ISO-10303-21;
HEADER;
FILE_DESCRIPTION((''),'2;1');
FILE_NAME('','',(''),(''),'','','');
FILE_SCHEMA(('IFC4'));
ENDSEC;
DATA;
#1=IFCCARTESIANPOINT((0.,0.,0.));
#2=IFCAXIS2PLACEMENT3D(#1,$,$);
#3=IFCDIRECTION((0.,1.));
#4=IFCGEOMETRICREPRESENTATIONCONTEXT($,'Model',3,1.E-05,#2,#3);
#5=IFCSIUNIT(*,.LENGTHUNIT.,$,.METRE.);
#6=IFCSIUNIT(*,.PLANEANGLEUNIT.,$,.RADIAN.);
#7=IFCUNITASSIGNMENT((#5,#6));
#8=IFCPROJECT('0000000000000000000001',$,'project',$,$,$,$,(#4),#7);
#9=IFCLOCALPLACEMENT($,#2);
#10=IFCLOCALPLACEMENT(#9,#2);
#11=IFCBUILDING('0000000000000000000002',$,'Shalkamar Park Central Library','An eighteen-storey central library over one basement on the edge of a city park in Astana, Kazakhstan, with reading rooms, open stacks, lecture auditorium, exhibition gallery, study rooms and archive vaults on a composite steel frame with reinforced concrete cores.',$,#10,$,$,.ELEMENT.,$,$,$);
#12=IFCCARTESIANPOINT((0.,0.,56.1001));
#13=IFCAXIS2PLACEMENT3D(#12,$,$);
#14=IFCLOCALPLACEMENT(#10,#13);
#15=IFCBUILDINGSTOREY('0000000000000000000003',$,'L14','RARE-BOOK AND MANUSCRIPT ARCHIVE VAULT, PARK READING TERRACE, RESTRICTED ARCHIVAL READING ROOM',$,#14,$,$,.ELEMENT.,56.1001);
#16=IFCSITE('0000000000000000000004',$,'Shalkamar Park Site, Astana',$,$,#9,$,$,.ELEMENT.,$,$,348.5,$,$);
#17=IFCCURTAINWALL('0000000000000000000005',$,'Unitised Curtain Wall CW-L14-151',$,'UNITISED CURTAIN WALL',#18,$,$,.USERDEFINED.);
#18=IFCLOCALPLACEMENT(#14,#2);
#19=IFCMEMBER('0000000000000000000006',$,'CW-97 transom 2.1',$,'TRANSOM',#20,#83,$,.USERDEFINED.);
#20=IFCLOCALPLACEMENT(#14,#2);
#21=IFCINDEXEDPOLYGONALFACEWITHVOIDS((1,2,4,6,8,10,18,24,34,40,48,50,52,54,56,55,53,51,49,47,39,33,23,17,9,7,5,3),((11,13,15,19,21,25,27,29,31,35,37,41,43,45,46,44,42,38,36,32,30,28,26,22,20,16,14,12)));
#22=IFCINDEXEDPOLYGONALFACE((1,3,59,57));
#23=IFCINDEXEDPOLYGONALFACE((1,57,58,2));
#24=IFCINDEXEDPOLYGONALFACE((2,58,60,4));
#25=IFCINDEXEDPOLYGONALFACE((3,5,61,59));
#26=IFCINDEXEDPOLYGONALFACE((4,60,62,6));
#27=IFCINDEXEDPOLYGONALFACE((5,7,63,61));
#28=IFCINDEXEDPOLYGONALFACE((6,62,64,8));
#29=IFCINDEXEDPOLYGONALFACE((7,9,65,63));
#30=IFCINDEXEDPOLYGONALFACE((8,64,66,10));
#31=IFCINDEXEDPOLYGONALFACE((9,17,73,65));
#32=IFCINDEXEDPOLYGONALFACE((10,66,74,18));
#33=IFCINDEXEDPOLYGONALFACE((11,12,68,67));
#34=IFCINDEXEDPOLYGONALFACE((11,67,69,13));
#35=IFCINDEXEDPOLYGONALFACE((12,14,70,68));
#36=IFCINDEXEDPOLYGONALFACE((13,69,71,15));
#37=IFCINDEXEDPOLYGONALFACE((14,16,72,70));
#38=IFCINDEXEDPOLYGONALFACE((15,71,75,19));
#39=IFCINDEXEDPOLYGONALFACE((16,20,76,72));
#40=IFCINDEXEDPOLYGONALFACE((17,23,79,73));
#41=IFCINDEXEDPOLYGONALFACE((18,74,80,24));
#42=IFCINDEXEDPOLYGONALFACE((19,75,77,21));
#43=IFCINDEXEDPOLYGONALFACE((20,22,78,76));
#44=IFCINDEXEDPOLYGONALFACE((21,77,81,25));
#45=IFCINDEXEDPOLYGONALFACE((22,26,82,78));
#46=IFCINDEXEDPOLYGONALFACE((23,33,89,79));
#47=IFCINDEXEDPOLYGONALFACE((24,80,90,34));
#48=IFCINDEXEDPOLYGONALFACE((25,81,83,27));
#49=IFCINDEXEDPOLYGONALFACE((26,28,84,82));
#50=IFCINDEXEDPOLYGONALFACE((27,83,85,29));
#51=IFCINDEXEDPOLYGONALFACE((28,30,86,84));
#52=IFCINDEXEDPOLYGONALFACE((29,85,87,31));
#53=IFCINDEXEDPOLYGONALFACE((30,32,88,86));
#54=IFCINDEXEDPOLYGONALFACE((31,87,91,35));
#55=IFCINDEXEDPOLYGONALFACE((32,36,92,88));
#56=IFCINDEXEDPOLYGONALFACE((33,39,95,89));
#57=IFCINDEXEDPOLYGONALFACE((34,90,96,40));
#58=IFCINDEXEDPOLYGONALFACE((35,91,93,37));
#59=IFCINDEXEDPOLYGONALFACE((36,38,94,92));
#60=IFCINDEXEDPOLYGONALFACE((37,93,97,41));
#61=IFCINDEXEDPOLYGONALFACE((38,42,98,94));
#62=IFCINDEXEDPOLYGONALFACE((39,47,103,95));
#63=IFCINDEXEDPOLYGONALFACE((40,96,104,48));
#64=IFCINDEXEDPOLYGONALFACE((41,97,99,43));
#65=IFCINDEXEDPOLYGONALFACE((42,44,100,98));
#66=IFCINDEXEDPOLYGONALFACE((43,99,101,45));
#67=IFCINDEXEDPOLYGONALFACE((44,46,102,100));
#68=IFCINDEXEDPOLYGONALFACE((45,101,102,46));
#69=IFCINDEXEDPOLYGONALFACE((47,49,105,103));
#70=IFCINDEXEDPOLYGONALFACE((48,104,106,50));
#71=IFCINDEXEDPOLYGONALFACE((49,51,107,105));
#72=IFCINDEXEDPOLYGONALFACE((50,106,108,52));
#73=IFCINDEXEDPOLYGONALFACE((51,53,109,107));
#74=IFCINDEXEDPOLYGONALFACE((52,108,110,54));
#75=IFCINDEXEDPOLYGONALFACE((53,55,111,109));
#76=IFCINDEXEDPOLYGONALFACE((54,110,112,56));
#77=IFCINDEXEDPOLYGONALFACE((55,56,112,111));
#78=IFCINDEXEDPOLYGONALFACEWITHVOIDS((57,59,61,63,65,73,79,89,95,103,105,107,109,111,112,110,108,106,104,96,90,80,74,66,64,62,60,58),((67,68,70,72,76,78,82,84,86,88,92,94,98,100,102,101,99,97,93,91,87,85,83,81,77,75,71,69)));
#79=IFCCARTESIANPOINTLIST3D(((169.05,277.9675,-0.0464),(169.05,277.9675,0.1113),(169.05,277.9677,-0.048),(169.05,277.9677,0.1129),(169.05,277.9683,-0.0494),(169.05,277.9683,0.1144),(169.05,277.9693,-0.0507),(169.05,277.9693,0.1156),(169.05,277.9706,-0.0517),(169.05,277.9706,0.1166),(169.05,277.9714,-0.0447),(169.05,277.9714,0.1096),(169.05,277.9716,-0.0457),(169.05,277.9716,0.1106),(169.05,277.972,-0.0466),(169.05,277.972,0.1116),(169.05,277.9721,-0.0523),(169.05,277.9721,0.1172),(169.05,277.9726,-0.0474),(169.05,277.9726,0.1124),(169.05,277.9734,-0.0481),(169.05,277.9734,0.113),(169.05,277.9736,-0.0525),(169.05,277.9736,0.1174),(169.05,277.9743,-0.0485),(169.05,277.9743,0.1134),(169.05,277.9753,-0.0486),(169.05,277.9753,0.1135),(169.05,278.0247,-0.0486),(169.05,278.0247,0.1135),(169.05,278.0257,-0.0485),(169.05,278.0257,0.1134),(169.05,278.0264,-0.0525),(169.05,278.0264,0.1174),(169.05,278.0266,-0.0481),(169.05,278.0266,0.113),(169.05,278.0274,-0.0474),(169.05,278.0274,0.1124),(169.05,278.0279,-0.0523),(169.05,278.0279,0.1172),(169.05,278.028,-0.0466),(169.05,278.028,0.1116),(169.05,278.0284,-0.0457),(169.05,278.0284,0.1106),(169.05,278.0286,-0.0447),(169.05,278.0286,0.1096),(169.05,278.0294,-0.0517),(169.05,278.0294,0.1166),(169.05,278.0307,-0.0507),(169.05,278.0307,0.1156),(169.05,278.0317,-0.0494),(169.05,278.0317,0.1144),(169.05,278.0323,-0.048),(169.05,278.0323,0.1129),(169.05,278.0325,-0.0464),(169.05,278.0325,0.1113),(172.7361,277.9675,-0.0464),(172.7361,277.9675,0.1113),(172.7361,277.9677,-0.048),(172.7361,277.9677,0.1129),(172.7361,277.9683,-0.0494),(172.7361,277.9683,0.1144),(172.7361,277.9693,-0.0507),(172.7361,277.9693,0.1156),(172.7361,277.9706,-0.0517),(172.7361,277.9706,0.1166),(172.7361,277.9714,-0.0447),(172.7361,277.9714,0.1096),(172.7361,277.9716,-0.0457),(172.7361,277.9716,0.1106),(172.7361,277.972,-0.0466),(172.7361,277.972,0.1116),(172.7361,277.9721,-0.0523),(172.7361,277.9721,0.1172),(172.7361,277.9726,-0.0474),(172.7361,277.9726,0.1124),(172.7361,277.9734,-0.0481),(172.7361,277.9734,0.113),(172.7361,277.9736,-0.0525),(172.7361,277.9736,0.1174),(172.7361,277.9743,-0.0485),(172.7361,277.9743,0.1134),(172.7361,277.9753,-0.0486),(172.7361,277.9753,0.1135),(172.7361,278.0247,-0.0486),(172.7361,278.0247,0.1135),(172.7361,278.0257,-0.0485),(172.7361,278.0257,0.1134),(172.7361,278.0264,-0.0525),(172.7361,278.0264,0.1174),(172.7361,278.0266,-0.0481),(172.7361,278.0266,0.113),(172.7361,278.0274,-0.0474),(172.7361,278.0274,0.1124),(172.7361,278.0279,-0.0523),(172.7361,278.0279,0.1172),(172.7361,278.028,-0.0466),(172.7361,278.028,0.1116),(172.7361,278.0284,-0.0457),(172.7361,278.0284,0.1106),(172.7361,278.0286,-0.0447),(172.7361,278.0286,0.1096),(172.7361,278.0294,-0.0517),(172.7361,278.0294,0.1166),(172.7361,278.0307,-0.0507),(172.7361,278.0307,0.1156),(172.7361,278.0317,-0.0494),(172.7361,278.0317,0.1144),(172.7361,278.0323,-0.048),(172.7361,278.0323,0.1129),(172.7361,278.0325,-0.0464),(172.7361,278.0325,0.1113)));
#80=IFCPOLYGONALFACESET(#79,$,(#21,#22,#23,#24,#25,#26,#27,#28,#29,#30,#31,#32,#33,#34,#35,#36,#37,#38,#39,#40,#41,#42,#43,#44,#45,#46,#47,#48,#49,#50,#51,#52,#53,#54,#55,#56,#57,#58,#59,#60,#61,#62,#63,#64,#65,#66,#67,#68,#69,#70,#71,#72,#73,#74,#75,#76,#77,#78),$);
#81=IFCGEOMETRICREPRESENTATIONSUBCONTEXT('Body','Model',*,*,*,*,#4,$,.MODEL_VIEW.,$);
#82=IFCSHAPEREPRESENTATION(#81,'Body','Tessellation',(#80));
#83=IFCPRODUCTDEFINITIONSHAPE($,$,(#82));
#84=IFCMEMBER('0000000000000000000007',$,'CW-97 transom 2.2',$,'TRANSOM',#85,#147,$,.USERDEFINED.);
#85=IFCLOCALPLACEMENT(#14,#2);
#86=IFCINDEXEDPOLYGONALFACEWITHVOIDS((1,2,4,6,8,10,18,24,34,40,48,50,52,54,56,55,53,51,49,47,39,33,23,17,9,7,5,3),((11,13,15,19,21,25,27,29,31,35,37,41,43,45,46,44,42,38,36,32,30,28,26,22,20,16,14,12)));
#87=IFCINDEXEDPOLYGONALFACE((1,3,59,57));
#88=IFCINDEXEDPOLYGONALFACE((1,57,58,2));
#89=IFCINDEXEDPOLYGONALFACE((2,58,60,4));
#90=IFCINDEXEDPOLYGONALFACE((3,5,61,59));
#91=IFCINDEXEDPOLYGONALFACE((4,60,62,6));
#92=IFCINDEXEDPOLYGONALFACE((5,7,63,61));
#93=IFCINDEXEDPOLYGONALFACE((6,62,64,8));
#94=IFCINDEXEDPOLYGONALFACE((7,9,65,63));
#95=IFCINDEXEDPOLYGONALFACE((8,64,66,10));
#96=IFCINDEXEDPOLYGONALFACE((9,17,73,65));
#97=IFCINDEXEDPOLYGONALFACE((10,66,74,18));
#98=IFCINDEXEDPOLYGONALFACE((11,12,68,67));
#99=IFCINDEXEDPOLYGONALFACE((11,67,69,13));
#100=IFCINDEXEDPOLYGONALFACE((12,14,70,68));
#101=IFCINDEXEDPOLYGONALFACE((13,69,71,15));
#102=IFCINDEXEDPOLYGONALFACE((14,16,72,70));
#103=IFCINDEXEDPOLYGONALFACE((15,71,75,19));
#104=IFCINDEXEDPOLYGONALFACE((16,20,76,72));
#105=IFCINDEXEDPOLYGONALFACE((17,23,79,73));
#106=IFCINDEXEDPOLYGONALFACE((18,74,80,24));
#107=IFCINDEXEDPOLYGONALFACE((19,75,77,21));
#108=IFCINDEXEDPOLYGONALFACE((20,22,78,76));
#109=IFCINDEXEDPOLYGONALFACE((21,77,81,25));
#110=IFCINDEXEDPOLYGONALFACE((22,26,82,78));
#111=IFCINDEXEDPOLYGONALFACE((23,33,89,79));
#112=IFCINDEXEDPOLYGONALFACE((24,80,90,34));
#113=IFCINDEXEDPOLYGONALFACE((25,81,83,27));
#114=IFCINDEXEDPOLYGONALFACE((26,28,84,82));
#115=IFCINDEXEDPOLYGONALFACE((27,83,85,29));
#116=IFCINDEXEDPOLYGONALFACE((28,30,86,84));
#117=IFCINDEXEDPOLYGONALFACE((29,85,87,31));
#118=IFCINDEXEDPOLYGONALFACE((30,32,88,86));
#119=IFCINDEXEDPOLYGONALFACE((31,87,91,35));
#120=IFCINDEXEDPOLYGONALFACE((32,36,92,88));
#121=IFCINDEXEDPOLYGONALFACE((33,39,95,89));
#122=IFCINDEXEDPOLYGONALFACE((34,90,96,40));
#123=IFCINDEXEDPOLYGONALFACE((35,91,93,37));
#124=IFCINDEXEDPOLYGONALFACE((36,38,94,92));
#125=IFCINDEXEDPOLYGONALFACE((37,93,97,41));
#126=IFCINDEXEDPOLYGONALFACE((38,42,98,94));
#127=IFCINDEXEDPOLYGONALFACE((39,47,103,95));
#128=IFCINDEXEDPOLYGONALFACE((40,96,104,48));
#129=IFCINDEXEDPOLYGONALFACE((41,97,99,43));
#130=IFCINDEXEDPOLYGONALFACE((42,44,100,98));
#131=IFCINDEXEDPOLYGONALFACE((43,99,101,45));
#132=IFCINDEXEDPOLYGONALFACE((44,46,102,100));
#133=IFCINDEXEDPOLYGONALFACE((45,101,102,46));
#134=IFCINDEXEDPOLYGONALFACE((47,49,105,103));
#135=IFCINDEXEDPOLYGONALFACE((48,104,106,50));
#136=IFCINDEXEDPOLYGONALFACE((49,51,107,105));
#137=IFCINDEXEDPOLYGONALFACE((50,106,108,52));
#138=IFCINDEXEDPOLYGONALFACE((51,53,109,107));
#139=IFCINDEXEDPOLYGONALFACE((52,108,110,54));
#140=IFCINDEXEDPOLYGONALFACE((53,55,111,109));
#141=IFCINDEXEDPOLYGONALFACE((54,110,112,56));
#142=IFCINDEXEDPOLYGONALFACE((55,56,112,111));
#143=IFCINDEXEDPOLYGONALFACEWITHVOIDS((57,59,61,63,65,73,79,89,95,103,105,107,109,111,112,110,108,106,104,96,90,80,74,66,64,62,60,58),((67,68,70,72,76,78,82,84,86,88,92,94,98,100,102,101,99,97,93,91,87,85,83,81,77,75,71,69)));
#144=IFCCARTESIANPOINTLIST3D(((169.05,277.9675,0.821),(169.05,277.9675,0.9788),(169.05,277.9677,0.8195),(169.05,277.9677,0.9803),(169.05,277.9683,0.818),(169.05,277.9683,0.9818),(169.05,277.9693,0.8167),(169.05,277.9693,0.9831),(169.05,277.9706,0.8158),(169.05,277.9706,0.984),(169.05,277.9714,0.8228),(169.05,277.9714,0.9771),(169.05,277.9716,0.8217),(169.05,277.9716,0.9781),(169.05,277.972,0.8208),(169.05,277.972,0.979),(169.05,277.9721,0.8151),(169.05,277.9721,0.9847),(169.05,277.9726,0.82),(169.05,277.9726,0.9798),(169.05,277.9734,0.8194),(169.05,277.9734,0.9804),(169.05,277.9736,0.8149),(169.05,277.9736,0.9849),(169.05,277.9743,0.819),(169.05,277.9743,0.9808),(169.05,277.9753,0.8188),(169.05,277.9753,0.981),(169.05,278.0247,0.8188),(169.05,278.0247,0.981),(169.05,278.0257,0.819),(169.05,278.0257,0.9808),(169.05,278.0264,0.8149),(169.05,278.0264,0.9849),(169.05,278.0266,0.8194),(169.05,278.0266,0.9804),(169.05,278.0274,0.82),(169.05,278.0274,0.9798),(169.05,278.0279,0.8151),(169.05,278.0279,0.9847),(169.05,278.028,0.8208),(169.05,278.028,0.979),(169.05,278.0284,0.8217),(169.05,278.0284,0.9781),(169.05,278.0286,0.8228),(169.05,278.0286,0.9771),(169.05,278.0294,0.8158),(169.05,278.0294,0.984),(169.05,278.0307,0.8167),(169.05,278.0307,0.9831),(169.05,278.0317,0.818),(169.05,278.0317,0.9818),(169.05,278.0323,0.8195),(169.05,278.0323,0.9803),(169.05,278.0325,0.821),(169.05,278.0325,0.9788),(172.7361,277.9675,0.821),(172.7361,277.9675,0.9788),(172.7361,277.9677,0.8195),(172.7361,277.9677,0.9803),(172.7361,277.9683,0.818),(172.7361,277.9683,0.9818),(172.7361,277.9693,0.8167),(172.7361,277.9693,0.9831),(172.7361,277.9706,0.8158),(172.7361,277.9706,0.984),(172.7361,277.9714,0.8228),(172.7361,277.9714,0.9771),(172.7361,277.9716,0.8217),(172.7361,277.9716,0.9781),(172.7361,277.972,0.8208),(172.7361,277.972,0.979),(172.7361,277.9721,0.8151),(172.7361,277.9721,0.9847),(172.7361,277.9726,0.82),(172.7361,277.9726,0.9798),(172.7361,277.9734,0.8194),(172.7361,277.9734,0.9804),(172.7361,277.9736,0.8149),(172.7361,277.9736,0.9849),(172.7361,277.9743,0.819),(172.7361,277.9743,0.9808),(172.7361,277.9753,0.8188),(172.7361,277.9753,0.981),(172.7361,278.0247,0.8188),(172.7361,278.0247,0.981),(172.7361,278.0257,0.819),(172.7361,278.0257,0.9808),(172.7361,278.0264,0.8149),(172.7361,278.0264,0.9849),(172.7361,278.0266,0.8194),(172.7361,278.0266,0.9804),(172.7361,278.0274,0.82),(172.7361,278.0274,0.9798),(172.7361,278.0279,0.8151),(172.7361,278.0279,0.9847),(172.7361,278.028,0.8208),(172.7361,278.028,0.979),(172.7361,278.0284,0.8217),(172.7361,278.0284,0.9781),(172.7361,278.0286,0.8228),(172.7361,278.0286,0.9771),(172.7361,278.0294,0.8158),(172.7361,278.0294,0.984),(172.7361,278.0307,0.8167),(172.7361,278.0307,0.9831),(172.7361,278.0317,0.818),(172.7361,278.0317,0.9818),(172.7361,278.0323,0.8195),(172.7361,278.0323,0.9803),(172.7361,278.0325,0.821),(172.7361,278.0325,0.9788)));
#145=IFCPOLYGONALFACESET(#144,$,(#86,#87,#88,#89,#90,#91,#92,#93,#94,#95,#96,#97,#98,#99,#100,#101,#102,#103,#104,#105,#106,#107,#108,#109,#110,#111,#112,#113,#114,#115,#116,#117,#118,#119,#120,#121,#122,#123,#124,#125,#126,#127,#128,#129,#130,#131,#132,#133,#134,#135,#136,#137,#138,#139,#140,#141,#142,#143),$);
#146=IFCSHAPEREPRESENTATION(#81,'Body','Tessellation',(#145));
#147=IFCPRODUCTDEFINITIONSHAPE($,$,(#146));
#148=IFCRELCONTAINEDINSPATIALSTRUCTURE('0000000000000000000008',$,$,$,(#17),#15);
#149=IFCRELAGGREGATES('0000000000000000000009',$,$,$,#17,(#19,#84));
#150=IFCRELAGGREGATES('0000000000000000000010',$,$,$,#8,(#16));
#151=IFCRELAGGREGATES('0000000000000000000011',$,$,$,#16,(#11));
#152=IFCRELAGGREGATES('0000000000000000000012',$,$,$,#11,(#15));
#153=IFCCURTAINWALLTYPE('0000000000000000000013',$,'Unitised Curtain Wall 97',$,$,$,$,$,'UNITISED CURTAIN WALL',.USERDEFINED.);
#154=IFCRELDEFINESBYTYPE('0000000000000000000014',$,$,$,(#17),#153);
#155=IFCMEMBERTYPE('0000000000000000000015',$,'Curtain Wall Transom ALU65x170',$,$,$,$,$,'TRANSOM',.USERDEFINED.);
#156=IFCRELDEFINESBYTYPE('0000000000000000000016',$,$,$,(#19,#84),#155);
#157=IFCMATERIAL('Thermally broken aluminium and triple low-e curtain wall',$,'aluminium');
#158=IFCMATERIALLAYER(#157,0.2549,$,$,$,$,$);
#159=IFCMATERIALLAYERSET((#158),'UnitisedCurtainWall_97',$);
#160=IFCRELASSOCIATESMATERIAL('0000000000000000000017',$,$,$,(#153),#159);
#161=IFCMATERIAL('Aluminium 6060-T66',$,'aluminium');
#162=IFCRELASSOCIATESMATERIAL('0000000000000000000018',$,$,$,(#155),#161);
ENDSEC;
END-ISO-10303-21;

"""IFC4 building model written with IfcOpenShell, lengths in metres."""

from ifc_helpers import new_model, si_unit, direction, frame, origin, origin_2d, place, context, subcontext, project, spatial, hollow_rectangle, extrude, material, layer, layer_set, material_profile, profile_set, type_object, element, aggregate, save


model = new_model("IFC4")

# Units and contexts
model_context = context("Model", 3, precision=1e-05, world=origin(), true_north=direction((0.0, 1.0)))
body_context = subcontext(model_context, "Body", "Model", "MODEL_VIEW")
ifc_project = project(units=[si_unit("LENGTHUNIT", "METRE"), si_unit("PLANEANGLEUNIT", "RADIAN")], contexts=[model_context])

# Site, building, storey
site_placement = place(None, origin())
site = spatial("IfcSite", under=ifc_project, at=site_placement, Name="Shalkamar Park Site, Astana", CompositionType="ELEMENT", RefElevation=348.5)
building_placement = place(site_placement, origin())
building = spatial("IfcBuilding", under=site, at=building_placement, Name="Shalkamar Park Central Library", Description="An eighteen-storey central library over one basement on the edge of a city park in Astana, Kazakhstan, with reading rooms, open stacks, lecture auditorium, exhibition gallery, study rooms and archive vaults on a composite steel frame with reinforced concrete cores.", CompositionType="ELEMENT")
storey_placement = place(building_placement, frame((0.0, 0.0, 56.1001)))
storey = spatial("IfcBuildingStorey", under=building, at=storey_placement, Name="L14", Description="RARE-BOOK AND MANUSCRIPT ARCHIVE VAULT, PARK READING TERRACE, RESTRICTED ARCHIVAL READING ROOM", CompositionType="ELEMENT", Elevation=56.1001)

# Curtain wall
ifc_material_1 = material(Name="Thermally broken aluminium and triple low-e curtain wall", Category="aluminium")
ifc_layer_1 = layer(ifc_material_1, 0.2549)
ifc_layer_set_1 = layer_set([ifc_layer_1], Name="UnitisedCurtainWall_97")
curtain_wall_type_1 = type_object("IfcCurtainWallType", Name="Unitised Curtain Wall 97", ElementType="UNITISED CURTAIN WALL", PredefinedType="USERDEFINED", material=ifc_layer_set_1)
curtain_wall_1_placement = place(storey_placement, origin())
curtain_wall_1 = element("IfcCurtainWall", 1, at=curtain_wall_1_placement, inside=storey, type_object=curtain_wall_type_1, Name="Unitised Curtain Wall CW-L14-151", ObjectType="UNITISED CURTAIN WALL", PredefinedType="USERDEFINED")
ifc_material_2 = material(Name="Aluminium 6060-T66", Category="aluminium")

# Members
ifc_material_profile_1 = material_profile(ifc_material_2, hollow_rectangle(XDim=0.0649, YDim=0.1699, WallThickness=0.0039, InnerFilletRadius=0.0039, OuterFilletRadius=0.0061, at=origin_2d()), Name="ALU 65x170x4")
ifc_profile_set_1 = profile_set([ifc_material_profile_1], Name="Aluminium 6060-T66")
member_type_1 = type_object("IfcMemberType", Name="Curtain Wall Transom ALU65x170", ElementType="TRANSOM", PredefinedType="USERDEFINED", material=ifc_profile_set_1)
member_1_placement = place(storey_placement, frame((169.05, 278.0, 0.0325), z_axis=(1.0, 0.0, 0.0), x_axis=(0.0, 1.0, 0.0)))
member_1 = element("IfcMember", 2, at=member_1_placement, type_object=member_type_1, Name="CW-97 transom 2.1", ObjectType="TRANSOM", PredefinedType="USERDEFINED", context=body_context, shape_type="SweptSolid", body=[
    extrude(hollow_rectangle(XDim=0.0649, YDim=0.1699, WallThickness=0.0039, InnerFilletRadius=0.0039, OuterFilletRadius=0.0061, at=origin_2d()), origin(), (0.0, 0.0, 1.0), 3.686),
])
member_2_placement = place(storey_placement, frame((169.05, 278.0, 0.8999), z_axis=(1.0, 0.0, 0.0), x_axis=(0.0, 1.0, 0.0)))
member_2 = element("IfcMember", 3, at=member_2_placement, type_object=member_type_1, Name="CW-97 transom 2.2", ObjectType="TRANSOM", PredefinedType="USERDEFINED", context=body_context, shape_type="SweptSolid", body=[
    extrude(hollow_rectangle(XDim=0.0649, YDim=0.1699, WallThickness=0.0039, InnerFilletRadius=0.0039, OuterFilletRadius=0.0061, at=origin_2d()), origin(), (0.0, 0.0, 1.0), 3.686),
])

aggregate(curtain_wall_1, [member_1, member_2])

save(model, "model.ifc")
